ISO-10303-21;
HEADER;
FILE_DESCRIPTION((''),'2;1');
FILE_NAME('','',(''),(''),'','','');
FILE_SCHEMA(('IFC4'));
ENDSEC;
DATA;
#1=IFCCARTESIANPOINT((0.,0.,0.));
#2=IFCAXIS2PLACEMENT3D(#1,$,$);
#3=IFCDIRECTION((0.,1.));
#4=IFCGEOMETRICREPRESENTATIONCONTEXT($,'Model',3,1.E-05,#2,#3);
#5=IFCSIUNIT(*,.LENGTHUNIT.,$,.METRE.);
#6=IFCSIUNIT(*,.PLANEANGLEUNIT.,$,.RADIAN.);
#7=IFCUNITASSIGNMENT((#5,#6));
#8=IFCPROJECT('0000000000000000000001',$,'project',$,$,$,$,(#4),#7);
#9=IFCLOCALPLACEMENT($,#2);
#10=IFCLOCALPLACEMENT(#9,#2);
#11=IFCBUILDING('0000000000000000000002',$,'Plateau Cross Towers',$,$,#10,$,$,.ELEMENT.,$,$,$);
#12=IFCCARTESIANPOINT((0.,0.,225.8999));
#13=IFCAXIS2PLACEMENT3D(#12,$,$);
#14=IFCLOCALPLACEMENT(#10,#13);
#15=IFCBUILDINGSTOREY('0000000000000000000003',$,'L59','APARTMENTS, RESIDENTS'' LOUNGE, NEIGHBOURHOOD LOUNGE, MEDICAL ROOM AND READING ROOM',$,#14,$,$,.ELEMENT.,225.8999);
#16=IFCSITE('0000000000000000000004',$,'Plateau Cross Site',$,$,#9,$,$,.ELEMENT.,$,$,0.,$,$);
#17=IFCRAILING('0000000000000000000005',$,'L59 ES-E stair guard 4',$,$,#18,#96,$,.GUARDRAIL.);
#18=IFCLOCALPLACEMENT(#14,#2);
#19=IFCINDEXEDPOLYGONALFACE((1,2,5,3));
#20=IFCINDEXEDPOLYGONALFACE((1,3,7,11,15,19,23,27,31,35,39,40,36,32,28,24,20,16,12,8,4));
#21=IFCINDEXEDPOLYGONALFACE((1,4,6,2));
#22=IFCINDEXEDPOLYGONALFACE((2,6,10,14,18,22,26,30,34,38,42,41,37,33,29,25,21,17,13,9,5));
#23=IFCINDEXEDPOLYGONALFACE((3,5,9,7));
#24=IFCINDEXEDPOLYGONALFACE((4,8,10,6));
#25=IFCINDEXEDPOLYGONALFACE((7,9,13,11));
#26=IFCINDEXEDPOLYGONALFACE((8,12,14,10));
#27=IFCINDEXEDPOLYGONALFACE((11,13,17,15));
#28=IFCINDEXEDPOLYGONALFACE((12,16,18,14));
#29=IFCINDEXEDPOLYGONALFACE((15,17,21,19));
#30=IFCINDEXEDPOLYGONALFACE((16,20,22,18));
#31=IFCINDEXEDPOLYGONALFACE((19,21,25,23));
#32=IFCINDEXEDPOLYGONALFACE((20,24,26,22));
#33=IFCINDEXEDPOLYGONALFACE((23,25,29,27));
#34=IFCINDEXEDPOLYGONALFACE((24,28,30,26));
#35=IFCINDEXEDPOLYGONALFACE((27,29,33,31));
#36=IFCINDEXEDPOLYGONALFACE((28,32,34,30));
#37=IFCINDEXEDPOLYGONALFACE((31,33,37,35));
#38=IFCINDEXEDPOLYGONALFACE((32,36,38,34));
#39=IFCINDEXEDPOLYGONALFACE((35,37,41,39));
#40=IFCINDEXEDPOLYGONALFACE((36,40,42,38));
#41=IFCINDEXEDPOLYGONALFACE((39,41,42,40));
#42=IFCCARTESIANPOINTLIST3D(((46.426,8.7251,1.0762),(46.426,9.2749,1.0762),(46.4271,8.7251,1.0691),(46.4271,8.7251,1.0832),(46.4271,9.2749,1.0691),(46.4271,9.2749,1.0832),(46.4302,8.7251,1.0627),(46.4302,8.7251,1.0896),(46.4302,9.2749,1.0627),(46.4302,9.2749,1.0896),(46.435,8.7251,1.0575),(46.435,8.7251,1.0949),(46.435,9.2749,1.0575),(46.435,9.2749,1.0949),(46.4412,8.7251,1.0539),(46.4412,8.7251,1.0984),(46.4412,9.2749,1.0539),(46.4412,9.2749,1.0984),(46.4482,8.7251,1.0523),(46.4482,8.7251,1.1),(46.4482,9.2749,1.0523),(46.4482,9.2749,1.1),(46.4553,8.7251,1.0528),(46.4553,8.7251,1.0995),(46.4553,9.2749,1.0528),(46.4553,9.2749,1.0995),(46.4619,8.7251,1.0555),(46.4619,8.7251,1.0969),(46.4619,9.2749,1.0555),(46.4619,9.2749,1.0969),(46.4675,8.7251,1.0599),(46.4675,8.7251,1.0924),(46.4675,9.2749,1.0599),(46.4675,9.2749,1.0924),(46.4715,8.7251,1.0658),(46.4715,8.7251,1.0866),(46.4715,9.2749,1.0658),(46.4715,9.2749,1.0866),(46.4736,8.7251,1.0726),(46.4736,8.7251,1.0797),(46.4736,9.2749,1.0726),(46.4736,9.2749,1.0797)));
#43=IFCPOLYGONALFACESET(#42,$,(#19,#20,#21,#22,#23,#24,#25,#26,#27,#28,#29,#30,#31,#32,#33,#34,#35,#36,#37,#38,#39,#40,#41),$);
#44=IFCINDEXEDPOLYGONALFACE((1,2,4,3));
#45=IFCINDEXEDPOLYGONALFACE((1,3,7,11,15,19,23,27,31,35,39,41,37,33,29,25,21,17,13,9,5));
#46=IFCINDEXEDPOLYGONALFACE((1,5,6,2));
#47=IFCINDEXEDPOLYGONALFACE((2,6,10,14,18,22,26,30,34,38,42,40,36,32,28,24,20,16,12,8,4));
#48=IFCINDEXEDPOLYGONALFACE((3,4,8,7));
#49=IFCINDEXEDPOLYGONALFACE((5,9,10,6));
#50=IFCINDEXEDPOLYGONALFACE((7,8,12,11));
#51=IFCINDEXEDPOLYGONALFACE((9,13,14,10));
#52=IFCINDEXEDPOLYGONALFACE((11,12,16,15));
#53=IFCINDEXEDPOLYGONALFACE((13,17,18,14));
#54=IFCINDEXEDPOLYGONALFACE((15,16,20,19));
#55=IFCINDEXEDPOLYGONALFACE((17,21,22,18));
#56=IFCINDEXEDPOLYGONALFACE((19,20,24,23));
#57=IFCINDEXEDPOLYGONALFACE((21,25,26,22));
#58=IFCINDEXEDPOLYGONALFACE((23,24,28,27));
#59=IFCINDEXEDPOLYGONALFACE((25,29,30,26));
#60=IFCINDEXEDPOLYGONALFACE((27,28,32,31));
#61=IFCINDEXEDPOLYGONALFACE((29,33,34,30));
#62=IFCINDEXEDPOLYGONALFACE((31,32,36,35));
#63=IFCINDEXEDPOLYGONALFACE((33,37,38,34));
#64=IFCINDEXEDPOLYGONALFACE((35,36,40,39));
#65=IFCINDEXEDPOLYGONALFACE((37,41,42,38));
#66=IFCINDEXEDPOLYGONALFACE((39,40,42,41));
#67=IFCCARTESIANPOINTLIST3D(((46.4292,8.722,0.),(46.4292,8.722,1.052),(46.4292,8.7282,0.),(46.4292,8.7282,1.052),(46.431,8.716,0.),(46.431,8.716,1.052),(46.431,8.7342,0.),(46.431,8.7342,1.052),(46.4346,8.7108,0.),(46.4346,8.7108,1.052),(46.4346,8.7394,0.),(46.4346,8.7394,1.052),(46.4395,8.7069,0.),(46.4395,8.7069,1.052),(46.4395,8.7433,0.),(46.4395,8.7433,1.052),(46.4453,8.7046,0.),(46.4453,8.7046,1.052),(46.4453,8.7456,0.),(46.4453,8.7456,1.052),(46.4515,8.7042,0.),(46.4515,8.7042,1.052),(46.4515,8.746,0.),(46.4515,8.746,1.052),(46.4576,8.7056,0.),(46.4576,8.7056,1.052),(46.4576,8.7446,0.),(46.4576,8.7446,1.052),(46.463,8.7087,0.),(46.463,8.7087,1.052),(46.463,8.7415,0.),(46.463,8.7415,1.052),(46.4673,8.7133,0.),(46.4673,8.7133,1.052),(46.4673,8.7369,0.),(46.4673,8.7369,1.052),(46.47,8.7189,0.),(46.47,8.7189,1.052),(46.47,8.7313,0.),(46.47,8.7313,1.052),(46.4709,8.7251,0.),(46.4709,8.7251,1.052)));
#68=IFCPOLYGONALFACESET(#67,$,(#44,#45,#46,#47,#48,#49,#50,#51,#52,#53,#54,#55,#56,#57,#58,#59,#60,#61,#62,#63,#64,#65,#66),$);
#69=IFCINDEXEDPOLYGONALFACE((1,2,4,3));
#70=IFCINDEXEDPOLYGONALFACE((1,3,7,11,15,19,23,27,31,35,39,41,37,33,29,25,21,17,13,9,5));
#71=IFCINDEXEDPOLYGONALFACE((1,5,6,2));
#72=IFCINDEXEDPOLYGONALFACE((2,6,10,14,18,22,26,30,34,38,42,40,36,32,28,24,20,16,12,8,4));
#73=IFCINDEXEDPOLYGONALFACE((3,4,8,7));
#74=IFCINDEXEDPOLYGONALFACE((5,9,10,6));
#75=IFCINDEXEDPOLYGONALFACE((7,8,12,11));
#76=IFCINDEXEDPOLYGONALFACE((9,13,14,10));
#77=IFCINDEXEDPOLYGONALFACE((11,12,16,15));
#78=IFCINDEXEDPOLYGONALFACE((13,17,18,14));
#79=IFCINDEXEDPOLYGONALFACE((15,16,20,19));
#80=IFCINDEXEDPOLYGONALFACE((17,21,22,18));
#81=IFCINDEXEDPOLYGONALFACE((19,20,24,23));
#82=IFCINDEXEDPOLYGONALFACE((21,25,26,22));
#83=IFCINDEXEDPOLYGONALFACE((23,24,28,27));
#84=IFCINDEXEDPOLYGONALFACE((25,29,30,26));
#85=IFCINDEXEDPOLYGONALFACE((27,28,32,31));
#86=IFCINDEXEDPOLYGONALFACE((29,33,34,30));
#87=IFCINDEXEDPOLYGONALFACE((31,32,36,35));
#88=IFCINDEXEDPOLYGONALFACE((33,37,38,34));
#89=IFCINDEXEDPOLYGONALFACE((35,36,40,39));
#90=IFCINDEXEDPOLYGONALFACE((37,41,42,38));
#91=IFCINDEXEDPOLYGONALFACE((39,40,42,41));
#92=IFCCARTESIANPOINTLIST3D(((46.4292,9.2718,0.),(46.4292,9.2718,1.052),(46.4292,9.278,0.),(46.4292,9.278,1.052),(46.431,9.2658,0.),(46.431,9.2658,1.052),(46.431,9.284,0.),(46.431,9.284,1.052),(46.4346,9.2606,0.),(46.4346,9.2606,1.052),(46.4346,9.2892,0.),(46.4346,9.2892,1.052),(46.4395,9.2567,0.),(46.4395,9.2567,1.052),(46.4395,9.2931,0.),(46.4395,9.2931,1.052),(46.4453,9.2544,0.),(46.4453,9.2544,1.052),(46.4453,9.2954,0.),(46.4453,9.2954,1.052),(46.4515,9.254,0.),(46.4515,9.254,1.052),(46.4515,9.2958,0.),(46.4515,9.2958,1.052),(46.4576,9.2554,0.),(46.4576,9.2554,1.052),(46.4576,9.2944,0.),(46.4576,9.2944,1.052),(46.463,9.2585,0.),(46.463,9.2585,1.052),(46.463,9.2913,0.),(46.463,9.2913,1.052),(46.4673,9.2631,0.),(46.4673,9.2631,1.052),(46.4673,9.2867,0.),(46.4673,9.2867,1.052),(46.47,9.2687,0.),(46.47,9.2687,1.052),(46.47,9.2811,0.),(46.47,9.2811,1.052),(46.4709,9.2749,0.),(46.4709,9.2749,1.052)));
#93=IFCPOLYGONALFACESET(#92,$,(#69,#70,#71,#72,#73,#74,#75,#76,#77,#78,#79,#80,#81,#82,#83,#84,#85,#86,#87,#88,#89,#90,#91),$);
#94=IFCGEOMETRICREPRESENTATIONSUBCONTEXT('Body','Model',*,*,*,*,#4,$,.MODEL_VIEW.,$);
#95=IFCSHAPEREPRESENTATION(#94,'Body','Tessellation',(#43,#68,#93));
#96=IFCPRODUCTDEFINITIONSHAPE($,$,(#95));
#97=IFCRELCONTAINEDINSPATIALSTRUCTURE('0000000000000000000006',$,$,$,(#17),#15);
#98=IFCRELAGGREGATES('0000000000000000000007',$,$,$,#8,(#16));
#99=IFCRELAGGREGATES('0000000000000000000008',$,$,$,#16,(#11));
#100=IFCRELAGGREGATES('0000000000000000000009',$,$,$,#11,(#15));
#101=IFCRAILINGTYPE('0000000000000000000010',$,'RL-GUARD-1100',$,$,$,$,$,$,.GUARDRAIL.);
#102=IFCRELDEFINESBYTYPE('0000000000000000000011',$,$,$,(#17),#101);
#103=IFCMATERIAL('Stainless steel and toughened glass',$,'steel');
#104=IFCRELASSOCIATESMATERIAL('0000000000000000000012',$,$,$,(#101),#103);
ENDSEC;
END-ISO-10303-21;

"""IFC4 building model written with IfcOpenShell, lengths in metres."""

from ifc_helpers import new_model, si_unit, direction, frame, origin, origin_2d, place, context, subcontext, project, spatial, circle, extrude, material, type_object, element, save


model = new_model("IFC4")

# Units and contexts
model_context = context("Model", 3, precision=1e-05, world=origin(), true_north=direction((0.0, 1.0)))
body_context = subcontext(model_context, "Body", "Model", "MODEL_VIEW")
ifc_project = project(units=[si_unit("LENGTHUNIT", "METRE"), si_unit("PLANEANGLEUNIT", "RADIAN")], contexts=[model_context])

# Site, building, storey
site_placement = place(None, origin())
site = spatial("IfcSite", under=ifc_project, at=site_placement, Name="Plateau Cross Site", CompositionType="ELEMENT", RefElevation=0.0)
building_placement = place(site_placement, origin())
building = spatial("IfcBuilding", under=site, at=building_placement, Name="Plateau Cross Towers", CompositionType="ELEMENT")
storey_placement = place(building_placement, frame((0.0, 0.0, 225.8999)))
storey = spatial("IfcBuildingStorey", under=building, at=storey_placement, Name="L59", Description="APARTMENTS, RESIDENTS' LOUNGE, NEIGHBOURHOOD LOUNGE, MEDICAL ROOM AND READING ROOM", CompositionType="ELEMENT", Elevation=225.8999)

# Railing
ifc_material_1 = material(Name="Stainless steel and toughened glass", Category="steel")
railing_type_1 = type_object("IfcRailingType", Name="RL-GUARD-1100", PredefinedType="GUARDRAIL", material=ifc_material_1)
railing_1_placement = place(storey_placement, frame((46.45, 8.7251, 0.0)))
element("IfcRailing", 1, at=railing_1_placement, inside=storey, type_object=railing_type_1, Name="L59 ES-E stair guard 4", PredefinedType="GUARDRAIL", context=body_context, shape_type="SweptSolid", body=[
    extrude(circle(Radius=0.0239, at=origin_2d()), frame((0.0, 0.0, 1.0762), z_axis=(0.0, 1.0, 0.0), x_axis=(-1.0, 0.0, 0.0)), (0.0, 0.0, 1.0), 0.5498),
    extrude(circle(Radius=0.021, at=origin_2d()), origin(), (0.0, 0.0, 1.0), 1.052),
    extrude(circle(Radius=0.021, at=origin_2d()), frame((0.0, 0.5498, 0.0)), (0.0, 0.0, 1.0), 1.052),
])

save(model, "model.ifc")
